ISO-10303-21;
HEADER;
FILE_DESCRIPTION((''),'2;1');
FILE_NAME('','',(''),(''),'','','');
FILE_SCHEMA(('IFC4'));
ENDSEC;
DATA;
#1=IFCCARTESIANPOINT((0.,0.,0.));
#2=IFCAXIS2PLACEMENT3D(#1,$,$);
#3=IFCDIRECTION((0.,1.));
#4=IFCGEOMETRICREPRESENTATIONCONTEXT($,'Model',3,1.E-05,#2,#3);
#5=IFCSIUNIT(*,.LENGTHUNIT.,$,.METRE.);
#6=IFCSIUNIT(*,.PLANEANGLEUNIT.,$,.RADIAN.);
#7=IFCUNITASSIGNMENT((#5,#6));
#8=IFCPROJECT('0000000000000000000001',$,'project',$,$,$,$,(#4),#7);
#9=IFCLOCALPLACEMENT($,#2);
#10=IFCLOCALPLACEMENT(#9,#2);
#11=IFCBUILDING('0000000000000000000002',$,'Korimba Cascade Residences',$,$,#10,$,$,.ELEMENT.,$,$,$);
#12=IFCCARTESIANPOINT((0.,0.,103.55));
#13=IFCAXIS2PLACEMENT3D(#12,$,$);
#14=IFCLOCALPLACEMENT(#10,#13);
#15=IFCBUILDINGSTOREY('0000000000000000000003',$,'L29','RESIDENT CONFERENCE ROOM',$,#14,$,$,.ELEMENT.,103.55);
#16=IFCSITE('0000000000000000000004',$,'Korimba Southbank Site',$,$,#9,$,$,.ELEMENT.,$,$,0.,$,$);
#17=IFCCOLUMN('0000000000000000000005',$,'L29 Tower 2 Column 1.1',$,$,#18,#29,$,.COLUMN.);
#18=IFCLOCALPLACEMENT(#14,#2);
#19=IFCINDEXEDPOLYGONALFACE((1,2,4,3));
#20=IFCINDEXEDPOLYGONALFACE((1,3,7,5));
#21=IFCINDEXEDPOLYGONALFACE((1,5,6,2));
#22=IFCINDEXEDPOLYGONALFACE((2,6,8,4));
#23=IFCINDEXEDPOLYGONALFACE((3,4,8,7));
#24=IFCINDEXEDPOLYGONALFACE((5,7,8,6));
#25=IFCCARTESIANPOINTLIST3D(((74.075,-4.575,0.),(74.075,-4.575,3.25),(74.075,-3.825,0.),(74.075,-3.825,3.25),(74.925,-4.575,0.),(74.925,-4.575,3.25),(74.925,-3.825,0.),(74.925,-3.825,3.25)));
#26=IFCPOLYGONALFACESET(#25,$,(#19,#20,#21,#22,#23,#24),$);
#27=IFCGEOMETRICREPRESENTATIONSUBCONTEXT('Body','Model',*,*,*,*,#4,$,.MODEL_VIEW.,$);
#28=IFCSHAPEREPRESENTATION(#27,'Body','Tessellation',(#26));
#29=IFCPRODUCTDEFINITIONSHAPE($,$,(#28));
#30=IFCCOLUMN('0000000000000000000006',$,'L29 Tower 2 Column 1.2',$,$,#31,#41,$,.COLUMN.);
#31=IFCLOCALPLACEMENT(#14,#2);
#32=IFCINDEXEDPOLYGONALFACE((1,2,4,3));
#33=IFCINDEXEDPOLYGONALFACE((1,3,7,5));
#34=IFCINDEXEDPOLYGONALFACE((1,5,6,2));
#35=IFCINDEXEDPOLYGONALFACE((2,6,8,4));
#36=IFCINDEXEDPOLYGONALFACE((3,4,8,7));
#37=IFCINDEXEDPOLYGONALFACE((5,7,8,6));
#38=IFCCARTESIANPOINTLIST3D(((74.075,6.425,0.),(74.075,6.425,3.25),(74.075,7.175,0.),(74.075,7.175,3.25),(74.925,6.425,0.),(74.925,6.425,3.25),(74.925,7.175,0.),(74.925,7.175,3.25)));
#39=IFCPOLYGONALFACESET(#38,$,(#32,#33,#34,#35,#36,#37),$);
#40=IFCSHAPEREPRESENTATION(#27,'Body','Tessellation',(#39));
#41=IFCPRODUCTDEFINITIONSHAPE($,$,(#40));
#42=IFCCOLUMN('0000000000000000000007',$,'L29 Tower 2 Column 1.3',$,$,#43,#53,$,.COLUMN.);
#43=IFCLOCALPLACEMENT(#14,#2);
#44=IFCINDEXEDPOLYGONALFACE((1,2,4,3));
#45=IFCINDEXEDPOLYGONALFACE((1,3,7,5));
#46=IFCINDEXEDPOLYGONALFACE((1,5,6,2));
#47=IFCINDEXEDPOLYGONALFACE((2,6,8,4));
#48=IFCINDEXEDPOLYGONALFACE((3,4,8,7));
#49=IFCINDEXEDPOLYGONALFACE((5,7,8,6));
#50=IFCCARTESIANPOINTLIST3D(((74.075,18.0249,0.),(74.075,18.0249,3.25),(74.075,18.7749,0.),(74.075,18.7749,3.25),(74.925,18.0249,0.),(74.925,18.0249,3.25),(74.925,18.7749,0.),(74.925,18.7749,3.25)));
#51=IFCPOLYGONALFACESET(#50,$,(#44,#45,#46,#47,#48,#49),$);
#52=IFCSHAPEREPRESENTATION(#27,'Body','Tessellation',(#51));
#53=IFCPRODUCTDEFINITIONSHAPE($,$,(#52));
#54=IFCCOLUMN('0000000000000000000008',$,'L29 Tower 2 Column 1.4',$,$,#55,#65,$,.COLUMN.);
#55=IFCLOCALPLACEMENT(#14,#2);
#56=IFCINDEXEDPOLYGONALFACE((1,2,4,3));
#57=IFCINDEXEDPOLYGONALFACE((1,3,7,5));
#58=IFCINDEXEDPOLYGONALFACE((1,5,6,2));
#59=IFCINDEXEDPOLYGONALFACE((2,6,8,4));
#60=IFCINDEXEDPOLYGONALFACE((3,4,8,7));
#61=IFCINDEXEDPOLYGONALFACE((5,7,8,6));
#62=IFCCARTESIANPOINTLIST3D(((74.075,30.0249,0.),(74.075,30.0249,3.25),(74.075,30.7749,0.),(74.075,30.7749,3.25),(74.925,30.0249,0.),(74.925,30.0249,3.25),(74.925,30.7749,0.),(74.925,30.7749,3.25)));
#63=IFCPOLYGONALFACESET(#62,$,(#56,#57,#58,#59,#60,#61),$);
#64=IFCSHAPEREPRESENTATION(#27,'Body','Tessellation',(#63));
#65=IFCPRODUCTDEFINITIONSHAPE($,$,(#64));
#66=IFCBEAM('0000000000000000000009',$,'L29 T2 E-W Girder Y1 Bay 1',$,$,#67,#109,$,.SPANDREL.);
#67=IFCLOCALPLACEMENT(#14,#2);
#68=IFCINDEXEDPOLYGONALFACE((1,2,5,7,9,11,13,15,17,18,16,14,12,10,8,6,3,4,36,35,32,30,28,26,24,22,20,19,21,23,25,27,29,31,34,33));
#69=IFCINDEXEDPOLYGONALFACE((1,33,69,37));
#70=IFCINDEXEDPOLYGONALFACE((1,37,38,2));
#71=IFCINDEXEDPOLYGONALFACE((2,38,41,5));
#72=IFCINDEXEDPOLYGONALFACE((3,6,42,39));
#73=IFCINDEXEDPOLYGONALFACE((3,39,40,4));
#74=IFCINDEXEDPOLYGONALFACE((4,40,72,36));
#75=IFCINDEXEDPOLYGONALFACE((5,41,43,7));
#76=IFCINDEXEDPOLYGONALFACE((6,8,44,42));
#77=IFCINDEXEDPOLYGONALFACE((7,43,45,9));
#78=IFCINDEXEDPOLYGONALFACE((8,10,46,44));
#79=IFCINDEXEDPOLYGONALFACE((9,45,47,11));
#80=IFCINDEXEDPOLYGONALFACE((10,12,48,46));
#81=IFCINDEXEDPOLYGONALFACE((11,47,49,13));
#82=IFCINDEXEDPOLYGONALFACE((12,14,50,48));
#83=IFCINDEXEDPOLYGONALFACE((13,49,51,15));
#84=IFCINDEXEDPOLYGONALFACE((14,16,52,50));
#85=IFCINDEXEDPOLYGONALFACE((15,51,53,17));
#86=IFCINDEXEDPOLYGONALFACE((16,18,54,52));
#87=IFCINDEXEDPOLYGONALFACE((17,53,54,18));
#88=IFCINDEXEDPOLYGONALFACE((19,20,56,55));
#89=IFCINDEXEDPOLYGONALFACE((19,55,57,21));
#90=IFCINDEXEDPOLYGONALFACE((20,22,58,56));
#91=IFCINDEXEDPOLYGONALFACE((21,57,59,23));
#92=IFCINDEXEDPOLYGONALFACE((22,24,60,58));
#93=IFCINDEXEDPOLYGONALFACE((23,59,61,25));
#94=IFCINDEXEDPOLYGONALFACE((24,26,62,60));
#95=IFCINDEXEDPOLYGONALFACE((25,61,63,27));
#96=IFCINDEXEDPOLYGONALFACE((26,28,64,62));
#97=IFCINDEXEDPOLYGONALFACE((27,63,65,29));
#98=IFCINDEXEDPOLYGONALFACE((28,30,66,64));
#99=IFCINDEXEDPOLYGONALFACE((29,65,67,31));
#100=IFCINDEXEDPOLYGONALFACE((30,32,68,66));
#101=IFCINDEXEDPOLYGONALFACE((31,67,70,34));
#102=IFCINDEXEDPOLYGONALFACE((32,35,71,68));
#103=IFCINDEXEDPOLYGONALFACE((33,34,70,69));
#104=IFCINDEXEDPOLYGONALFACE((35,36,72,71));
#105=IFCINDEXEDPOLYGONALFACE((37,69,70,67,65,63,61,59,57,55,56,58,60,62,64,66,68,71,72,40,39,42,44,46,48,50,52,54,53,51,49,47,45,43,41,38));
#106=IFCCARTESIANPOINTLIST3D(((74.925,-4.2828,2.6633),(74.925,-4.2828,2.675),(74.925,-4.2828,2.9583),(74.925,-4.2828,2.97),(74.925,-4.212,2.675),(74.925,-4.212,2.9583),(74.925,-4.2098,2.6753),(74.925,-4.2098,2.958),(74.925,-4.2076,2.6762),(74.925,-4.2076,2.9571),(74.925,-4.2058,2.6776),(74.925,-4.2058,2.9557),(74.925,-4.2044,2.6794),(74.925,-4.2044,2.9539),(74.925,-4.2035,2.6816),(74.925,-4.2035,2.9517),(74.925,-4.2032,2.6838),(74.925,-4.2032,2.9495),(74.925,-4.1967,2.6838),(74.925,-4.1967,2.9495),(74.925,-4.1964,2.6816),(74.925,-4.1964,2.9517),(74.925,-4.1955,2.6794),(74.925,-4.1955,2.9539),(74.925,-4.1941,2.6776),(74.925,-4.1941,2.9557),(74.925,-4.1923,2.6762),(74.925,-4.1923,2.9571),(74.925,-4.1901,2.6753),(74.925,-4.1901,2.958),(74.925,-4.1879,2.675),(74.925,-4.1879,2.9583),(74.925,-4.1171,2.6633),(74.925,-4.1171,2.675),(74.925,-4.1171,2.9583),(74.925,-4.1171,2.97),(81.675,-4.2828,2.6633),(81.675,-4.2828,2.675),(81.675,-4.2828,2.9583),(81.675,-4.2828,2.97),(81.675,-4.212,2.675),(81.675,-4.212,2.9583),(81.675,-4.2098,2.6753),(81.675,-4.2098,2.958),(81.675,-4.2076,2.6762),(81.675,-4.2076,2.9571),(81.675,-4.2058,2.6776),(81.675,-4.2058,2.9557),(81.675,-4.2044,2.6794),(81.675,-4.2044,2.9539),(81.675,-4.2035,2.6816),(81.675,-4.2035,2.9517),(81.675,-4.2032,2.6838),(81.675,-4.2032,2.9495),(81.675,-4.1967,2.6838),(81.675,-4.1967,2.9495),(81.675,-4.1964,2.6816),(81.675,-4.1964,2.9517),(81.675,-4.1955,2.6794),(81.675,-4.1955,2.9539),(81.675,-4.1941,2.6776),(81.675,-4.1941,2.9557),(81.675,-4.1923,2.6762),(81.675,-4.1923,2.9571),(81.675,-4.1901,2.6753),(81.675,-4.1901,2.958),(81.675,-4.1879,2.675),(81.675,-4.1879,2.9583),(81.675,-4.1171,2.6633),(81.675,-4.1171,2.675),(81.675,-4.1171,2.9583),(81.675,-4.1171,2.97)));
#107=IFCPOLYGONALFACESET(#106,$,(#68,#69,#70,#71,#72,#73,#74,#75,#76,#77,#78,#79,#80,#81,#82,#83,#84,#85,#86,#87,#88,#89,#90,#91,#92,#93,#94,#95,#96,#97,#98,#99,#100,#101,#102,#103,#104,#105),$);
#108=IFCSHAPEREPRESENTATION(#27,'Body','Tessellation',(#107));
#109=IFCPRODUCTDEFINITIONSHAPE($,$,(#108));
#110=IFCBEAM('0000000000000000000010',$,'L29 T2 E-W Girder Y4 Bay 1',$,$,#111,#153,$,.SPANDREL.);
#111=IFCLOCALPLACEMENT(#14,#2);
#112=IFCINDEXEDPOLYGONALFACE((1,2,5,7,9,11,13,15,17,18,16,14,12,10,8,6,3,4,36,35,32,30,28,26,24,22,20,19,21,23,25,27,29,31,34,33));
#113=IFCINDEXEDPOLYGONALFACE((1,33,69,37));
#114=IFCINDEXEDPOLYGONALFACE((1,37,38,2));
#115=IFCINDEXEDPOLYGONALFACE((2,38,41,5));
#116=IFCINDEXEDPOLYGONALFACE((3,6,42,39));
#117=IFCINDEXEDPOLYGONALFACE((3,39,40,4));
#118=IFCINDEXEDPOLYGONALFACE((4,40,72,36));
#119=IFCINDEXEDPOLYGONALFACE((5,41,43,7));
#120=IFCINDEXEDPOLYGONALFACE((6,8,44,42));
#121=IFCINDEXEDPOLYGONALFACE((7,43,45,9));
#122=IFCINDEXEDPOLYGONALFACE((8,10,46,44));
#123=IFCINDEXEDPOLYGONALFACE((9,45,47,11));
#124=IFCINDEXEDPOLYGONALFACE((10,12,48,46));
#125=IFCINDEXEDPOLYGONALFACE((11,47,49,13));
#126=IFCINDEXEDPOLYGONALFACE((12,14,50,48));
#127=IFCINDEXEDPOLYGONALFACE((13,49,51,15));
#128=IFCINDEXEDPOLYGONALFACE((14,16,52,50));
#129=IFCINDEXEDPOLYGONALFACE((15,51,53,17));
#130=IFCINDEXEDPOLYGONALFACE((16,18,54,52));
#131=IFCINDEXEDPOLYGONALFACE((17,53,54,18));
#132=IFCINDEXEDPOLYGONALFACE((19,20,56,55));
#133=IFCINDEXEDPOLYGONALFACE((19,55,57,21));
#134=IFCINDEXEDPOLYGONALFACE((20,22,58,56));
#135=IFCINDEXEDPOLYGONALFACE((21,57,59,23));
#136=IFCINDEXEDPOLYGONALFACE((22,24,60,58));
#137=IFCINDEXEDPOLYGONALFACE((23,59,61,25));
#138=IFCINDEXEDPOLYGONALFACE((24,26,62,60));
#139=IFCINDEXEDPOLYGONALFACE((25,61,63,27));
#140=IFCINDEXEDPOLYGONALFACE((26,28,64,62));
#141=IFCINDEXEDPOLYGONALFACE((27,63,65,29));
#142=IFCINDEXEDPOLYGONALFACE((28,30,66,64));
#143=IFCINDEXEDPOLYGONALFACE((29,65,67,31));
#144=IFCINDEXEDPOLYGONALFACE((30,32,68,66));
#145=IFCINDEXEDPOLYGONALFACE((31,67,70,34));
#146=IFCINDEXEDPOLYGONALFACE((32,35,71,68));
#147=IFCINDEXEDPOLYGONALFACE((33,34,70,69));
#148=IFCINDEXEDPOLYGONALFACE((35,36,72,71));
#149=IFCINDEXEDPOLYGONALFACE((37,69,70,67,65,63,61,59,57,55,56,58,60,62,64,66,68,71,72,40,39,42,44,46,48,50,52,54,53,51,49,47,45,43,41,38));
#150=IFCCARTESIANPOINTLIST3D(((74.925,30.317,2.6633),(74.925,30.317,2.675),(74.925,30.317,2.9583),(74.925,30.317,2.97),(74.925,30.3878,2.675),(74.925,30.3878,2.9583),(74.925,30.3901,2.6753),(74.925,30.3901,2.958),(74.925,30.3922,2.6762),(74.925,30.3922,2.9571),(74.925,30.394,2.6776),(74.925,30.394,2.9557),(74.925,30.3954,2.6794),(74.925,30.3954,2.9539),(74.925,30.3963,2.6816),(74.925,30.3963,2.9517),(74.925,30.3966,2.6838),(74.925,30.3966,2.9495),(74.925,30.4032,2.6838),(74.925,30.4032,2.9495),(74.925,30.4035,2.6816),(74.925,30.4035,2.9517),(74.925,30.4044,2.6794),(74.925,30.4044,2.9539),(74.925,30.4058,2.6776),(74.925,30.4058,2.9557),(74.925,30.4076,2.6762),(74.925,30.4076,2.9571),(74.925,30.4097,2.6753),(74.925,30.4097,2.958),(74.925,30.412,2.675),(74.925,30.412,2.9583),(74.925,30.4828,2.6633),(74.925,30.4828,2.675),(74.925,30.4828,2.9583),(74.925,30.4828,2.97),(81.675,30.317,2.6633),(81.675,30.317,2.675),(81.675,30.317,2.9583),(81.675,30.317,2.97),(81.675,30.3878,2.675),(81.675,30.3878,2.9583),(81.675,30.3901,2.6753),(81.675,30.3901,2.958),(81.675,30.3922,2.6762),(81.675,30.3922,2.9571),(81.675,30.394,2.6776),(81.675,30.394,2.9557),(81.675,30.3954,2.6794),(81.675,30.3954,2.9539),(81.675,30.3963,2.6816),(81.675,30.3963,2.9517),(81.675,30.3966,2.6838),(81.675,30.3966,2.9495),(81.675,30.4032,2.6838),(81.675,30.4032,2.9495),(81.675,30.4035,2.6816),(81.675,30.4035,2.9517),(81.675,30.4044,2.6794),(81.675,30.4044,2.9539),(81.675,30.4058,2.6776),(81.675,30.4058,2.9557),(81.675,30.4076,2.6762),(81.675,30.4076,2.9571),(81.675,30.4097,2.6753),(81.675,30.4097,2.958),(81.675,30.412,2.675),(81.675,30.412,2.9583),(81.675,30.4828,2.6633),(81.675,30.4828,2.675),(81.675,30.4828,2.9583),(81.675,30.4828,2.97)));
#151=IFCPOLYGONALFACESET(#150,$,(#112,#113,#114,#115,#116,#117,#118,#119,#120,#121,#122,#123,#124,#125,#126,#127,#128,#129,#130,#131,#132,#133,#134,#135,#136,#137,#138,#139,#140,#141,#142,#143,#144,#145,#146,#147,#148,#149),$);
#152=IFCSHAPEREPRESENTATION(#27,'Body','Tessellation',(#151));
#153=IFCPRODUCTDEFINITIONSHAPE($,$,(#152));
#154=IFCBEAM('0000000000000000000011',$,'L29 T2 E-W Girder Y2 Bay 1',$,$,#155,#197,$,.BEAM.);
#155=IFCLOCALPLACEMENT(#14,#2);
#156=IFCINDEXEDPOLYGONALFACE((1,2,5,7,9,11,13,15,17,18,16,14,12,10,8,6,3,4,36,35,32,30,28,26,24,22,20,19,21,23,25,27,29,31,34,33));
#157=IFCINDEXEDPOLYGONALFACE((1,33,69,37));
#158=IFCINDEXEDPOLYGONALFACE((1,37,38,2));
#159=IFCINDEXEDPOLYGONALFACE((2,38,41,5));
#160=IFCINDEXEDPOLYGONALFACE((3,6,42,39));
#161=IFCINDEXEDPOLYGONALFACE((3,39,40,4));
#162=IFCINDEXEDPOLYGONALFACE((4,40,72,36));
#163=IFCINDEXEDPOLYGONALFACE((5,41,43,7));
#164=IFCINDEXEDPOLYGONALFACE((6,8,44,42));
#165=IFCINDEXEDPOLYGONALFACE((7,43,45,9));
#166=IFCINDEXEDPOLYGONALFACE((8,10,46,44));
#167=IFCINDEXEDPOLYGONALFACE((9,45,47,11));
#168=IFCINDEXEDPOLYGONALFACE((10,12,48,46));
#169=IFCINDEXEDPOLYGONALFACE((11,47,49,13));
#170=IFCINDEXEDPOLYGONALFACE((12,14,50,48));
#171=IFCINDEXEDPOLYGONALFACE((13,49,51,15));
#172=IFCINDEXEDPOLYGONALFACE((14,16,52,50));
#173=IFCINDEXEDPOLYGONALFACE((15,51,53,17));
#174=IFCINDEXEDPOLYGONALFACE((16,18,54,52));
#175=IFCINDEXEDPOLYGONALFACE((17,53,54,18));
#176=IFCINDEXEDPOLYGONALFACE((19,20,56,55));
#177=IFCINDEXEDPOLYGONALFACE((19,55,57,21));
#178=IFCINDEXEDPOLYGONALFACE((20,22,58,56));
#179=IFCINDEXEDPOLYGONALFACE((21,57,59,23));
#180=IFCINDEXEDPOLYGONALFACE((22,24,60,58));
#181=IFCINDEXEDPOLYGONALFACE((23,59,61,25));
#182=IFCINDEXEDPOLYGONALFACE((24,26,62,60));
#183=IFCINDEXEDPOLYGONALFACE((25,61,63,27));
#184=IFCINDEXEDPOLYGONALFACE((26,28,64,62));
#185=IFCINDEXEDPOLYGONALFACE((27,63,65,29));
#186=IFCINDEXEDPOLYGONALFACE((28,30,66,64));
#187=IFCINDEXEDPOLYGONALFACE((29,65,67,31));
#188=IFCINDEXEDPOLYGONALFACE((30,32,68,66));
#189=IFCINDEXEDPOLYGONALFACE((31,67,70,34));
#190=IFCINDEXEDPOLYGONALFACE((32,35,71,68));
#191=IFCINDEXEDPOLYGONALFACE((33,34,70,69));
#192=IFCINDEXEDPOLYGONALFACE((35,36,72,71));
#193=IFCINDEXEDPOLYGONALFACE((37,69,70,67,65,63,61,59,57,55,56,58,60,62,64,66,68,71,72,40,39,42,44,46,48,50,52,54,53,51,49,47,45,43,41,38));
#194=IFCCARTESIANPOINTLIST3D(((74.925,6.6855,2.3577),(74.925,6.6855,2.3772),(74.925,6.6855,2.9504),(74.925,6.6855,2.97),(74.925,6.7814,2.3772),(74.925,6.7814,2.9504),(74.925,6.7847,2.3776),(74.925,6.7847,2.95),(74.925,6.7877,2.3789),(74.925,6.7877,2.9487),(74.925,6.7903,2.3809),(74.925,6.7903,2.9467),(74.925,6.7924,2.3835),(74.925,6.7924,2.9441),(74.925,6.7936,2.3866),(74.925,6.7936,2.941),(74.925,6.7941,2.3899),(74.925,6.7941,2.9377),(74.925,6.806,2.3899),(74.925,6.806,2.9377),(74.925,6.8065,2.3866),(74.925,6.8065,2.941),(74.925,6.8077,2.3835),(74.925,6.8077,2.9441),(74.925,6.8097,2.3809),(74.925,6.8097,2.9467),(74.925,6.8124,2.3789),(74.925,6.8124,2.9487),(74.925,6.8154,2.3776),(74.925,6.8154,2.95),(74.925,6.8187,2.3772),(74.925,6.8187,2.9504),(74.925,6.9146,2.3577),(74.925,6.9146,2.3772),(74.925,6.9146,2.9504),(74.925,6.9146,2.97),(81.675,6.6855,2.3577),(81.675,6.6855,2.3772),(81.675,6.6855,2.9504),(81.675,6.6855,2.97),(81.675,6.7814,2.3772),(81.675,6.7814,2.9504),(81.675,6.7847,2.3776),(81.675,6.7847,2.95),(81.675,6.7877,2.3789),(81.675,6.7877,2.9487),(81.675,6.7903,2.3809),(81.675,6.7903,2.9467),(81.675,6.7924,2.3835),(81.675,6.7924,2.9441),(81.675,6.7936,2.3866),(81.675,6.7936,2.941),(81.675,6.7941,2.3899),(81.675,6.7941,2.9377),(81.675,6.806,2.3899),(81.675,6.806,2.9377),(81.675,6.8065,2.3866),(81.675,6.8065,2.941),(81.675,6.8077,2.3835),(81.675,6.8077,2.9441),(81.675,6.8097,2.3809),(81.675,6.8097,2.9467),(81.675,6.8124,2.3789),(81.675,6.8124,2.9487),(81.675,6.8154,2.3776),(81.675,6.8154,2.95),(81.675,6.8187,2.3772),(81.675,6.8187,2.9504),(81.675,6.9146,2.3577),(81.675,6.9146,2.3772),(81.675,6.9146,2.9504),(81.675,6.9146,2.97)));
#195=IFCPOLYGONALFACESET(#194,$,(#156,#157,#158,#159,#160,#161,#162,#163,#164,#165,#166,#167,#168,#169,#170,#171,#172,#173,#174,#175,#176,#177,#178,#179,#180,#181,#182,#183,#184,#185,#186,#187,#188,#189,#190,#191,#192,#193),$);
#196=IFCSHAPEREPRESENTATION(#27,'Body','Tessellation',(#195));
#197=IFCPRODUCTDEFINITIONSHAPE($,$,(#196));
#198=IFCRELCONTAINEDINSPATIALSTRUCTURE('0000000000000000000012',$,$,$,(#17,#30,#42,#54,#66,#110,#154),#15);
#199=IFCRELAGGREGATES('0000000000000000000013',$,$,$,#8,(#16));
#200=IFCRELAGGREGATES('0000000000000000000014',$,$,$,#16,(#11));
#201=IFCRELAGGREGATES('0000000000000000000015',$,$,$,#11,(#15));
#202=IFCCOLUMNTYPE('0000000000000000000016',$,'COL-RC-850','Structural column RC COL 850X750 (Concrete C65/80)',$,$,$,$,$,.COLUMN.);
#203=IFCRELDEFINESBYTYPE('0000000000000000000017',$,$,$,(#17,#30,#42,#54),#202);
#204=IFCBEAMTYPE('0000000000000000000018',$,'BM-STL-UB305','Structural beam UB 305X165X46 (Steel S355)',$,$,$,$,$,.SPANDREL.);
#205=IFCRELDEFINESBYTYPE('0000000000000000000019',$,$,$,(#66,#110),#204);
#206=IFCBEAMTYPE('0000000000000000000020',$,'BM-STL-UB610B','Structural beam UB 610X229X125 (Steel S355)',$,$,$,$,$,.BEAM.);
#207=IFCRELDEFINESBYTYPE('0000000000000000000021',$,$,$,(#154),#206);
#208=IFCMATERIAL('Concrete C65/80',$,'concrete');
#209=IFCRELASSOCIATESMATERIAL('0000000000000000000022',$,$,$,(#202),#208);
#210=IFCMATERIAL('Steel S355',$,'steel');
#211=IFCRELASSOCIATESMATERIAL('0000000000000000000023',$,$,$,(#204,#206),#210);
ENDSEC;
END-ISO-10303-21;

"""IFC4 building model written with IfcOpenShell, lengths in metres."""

from ifc_helpers import new_model, si_unit, direction, frame, origin, origin_2d, place, context, subcontext, project, spatial, rectangle, i_section, extrude, material, material_profile, profile_set, type_object, element, save


model = new_model("IFC4")

# Units and contexts
model_context = context("Model", 3, precision=1e-05, world=origin(), true_north=direction((0.0, 1.0)))
body_context = subcontext(model_context, "Body", "Model", "MODEL_VIEW")
ifc_project = project(units=[si_unit("LENGTHUNIT", "METRE"), si_unit("PLANEANGLEUNIT", "RADIAN")], contexts=[model_context])

# Site, building, storey
site_placement = place(None, origin())
site = spatial("IfcSite", under=ifc_project, at=site_placement, Name="Korimba Southbank Site", CompositionType="ELEMENT", RefElevation=0.0)
building_placement = place(site_placement, origin())
building = spatial("IfcBuilding", under=site, at=building_placement, Name="Korimba Cascade Residences", CompositionType="ELEMENT")
storey_placement = place(building_placement, frame((0.0, 0.0, 103.55)))
storey = spatial("IfcBuildingStorey", under=building, at=storey_placement, Name="L29", Description="RESIDENT CONFERENCE ROOM", CompositionType="ELEMENT", Elevation=103.55)

# Columns
ifc_material_1 = material(Name="Concrete C65/80", Category="concrete")
ifc_material_profile_1 = material_profile(ifc_material_1, rectangle(XDim=0.8501, YDim=0.75, at=origin_2d()), Name="Concrete C65/80")
ifc_profile_set_1 = profile_set([ifc_material_profile_1], Name="Concrete C65/80")
column_type = type_object("IfcColumnType", Name="COL-RC-850", Description="Structural column RC COL 850X750 (Concrete C65/80)", PredefinedType="COLUMN", material=ifc_profile_set_1)
for number, where, z_axis, x_axis, name in (
    (1, (74.5, -4.2, 0.0), (0.0, 0.0, 1.0), (1.0, 0.0, 0.0), "L29 Tower 2 Column 1.1"),
    (2, (74.5, 6.8, 0.0), (0.0, 0.0, 1.0), (1.0, 0.0, 0.0), "L29 Tower 2 Column 1.2"),
    (3, (74.5, 18.3999, 0.0), (0.0, 0.0, 1.0), (1.0, 0.0, 0.0), "L29 Tower 2 Column 1.3"),
    (4, (74.5, 30.3999, 0.0), (0.0, 0.0, 1.0), (1.0, 0.0, 0.0), "L29 Tower 2 Column 1.4"),
):
    element("IfcColumn", number, at=place(storey_placement, frame(where, z_axis=z_axis, x_axis=x_axis)), inside=storey, type_object=column_type, Name=name, PredefinedType="COLUMN", context=body_context, shape_type="SweptSolid", body=[
        extrude(rectangle(XDim=0.8501, YDim=0.75, at=origin_2d()), origin(), (0.0, 0.0, 1.0), 3.25),
    ])

# Beams
ifc_material_2 = material(Name="Steel S355", Category="steel")
ifc_material_profile_2 = material_profile(ifc_material_2, i_section(OverallWidth=0.1658, OverallDepth=0.3066, WebThickness=0.0066, FlangeThickness=0.0117, FilletRadius=0.0088, at=origin_2d()), Name="Steel S355")
ifc_profile_set_2 = profile_set([ifc_material_profile_2], Name="Steel S355")
beam_type_1 = type_object("IfcBeamType", Name="BM-STL-UB305", Description="Structural beam UB 305X165X46 (Steel S355)", PredefinedType="SPANDREL", material=ifc_profile_set_2)
for number, where, z_axis, x_axis, name in (
    (5, (74.925, -4.2, 2.8167), (1.0, 0.0, 0.0), (0.0, 1.0, 0.0), "L29 T2 E-W Girder Y1 Bay 1"),
    (6, (74.925, 30.3999, 2.8167), (1.0, 0.0, 0.0), (0.0, 1.0, 0.0), "L29 T2 E-W Girder Y4 Bay 1"),
):
    element("IfcBeam", number, at=place(storey_placement, frame(where, z_axis=z_axis, x_axis=x_axis)), inside=storey, type_object=beam_type_1, Name=name, PredefinedType="SPANDREL", context=body_context, shape_type="SweptSolid", body=[
        extrude(i_section(OverallWidth=0.1658, OverallDepth=0.3066, WebThickness=0.0066, FlangeThickness=0.0117, FilletRadius=0.0088, at=origin_2d()), origin(), (0.0, 0.0, 1.0), 6.75),
    ])
ifc_material_profile_3 = material_profile(ifc_material_2, i_section(OverallWidth=0.229, OverallDepth=0.6123, WebThickness=0.012, FlangeThickness=0.0195, FilletRadius=0.0127, at=origin_2d()), Name="Steel S355")
ifc_profile_set_3 = profile_set([ifc_material_profile_3], Name="Steel S355")
beam_type_2 = type_object("IfcBeamType", Name="BM-STL-UB610B", Description="Structural beam UB 610X229X125 (Steel S355)", PredefinedType="BEAM", material=ifc_profile_set_3)
for number, where, z_axis, x_axis, name in (
    (7, (74.925, 6.8, 2.6638), (1.0, 0.0, 0.0), (0.0, 1.0, 0.0), "L29 T2 E-W Girder Y2 Bay 1"),
):
    element("IfcBeam", number, at=place(storey_placement, frame(where, z_axis=z_axis, x_axis=x_axis)), inside=storey, type_object=beam_type_2, Name=name, PredefinedType="BEAM", context=body_context, shape_type="SweptSolid", body=[
        extrude(i_section(OverallWidth=0.229, OverallDepth=0.6123, WebThickness=0.012, FlangeThickness=0.0195, FilletRadius=0.0127, at=origin_2d()), origin(), (0.0, 0.0, 1.0), 6.75),
    ])

save(model, "model.ifc")
